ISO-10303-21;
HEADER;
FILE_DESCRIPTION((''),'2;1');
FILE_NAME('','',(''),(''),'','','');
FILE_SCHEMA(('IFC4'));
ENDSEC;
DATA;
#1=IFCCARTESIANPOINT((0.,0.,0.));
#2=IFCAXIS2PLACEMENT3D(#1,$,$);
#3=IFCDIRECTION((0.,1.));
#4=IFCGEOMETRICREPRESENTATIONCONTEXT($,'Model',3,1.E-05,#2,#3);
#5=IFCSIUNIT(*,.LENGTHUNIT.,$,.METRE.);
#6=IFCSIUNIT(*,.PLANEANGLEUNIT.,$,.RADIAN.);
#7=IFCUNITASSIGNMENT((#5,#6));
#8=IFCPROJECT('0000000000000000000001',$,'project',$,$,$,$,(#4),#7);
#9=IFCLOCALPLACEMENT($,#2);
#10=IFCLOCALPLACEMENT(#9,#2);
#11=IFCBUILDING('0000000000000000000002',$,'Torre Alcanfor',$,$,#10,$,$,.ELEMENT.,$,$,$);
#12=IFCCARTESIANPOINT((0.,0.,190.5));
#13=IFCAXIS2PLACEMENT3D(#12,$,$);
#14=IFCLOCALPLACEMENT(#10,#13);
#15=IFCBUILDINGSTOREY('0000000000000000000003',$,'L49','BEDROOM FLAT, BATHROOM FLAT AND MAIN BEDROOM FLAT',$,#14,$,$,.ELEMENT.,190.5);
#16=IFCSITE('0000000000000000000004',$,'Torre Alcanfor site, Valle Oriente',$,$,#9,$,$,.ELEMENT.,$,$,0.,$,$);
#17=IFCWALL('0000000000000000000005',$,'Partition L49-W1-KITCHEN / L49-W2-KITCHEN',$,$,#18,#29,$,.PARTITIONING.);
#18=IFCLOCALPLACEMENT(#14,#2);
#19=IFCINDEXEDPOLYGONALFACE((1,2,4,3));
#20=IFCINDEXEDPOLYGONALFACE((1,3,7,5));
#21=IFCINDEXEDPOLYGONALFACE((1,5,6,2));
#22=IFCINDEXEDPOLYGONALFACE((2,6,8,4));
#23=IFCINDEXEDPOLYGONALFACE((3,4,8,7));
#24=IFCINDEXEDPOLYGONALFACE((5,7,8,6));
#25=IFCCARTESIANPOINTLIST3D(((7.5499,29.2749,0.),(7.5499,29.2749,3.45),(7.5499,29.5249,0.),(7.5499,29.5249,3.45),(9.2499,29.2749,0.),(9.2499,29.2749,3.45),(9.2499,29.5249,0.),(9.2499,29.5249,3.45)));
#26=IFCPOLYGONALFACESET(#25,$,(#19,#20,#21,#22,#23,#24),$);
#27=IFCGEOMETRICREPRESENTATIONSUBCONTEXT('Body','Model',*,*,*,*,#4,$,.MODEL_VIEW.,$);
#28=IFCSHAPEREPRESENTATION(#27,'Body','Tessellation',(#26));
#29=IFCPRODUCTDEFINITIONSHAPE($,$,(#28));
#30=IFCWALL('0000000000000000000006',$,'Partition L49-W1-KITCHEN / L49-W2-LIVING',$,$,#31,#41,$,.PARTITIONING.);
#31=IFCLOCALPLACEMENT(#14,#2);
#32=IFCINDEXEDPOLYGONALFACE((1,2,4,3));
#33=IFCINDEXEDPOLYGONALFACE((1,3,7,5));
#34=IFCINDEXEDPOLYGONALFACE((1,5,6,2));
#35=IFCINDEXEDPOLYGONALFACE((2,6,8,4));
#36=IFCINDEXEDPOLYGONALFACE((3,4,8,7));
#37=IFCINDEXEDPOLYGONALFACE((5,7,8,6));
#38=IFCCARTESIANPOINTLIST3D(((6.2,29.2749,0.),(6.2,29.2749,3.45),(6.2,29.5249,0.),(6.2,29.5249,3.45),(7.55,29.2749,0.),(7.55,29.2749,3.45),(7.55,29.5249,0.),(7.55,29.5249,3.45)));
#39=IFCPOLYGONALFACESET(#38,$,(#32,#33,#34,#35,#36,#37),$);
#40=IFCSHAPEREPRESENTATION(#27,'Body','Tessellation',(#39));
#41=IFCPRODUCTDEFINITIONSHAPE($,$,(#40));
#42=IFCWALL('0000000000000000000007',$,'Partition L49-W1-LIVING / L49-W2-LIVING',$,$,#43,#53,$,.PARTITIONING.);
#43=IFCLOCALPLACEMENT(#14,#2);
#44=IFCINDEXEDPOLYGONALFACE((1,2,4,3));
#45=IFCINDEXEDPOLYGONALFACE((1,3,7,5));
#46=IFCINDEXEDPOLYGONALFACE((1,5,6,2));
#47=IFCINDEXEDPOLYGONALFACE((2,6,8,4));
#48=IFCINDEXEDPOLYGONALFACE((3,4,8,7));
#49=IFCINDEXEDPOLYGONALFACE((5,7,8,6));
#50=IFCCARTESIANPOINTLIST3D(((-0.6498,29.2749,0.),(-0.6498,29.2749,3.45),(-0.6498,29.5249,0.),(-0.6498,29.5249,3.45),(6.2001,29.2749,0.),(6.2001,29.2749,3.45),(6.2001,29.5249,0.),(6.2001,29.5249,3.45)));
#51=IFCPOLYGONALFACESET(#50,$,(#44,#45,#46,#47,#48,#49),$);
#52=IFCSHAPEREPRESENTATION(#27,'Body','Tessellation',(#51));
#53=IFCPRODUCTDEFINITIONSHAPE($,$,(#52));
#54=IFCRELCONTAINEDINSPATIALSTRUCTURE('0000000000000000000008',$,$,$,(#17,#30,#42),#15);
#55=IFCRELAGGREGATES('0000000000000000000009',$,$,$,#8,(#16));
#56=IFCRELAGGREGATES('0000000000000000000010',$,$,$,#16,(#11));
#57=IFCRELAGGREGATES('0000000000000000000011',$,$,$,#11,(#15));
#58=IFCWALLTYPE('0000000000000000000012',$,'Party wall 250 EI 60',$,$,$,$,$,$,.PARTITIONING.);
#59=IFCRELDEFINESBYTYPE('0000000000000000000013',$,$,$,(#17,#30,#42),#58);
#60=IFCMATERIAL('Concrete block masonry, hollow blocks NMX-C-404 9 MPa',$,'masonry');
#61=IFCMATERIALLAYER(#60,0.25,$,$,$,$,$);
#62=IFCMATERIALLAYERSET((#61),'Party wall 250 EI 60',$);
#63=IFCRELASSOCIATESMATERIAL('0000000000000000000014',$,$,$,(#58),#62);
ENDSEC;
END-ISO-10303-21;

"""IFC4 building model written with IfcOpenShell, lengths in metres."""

from ifc_helpers import new_model, si_unit, direction, frame, frame_2d, origin, place, context, subcontext, project, spatial, rectangle, extrude, material, layer, layer_set, type_object, element, save


model = new_model("IFC4")

# Units and contexts
model_context = context("Model", 3, precision=1e-05, world=origin(), true_north=direction((0.0, 1.0)))
body_context = subcontext(model_context, "Body", "Model", "MODEL_VIEW")
ifc_project = project(units=[si_unit("LENGTHUNIT", "METRE"), si_unit("PLANEANGLEUNIT", "RADIAN")], contexts=[model_context])

# Site, building, storey
site_placement = place(None, origin())
site = spatial("IfcSite", under=ifc_project, at=site_placement, Name="Torre Alcanfor site, Valle Oriente", CompositionType="ELEMENT", RefElevation=0.0)
building_placement = place(site_placement, origin())
building = spatial("IfcBuilding", under=site, at=building_placement, Name="Torre Alcanfor", CompositionType="ELEMENT")
storey_placement = place(building_placement, frame((0.0, 0.0, 190.5)))
storey = spatial("IfcBuildingStorey", under=building, at=storey_placement, Name="L49", Description="BEDROOM FLAT, BATHROOM FLAT AND MAIN BEDROOM FLAT", CompositionType="ELEMENT", Elevation=190.5)

# Walls
ifc_material_1 = material(Name="Concrete block masonry, hollow blocks NMX-C-404 9 MPa", Category="masonry")
ifc_layer_1 = layer(ifc_material_1, 0.25)
ifc_layer_set_1 = layer_set([ifc_layer_1], Name="Party wall 250 EI 60")
wall_type_1 = type_object("IfcWallType", Name="Party wall 250 EI 60", PredefinedType="PARTITIONING", material=ifc_layer_set_1)
wall_1_placement = place(storey_placement, frame((9.25, 29.3999, 0.0), z_axis=(0.0, 0.0, 1.0), x_axis=(-1.0, 0.0, 0.0)))
element("IfcWall", 1, at=wall_1_placement, inside=storey, type_object=wall_type_1, Name="Partition L49-W1-KITCHEN / L49-W2-KITCHEN", PredefinedType="PARTITIONING", context=body_context, shape_type="SweptSolid", body=[
    extrude(rectangle(XDim=1.7, YDim=0.25, at=frame_2d((0.8501, 0.0))), origin(), (0.0, 0.0, 1.0), 3.45),
])
wall_2_placement = place(storey_placement, frame((7.55, 29.3999, 0.0), z_axis=(0.0, 0.0, 1.0), x_axis=(-1.0, 0.0, 0.0)))
element("IfcWall", 2, at=wall_2_placement, inside=storey, type_object=wall_type_1, Name="Partition L49-W1-KITCHEN / L49-W2-LIVING", PredefinedType="PARTITIONING", context=body_context, shape_type="SweptSolid", body=[
    extrude(rectangle(XDim=1.3501, YDim=0.25, at=frame_2d((0.675, 0.0))), origin(), (0.0, 0.0, 1.0), 3.45),
])
wall_3_placement = place(storey_placement, frame((6.2, 29.3999, 0.0), z_axis=(0.0, 0.0, 1.0), x_axis=(-1.0, 0.0, 0.0)))
element("IfcWall", 3, at=wall_3_placement, inside=storey, type_object=wall_type_1, Name="Partition L49-W1-LIVING / L49-W2-LIVING", PredefinedType="PARTITIONING", context=body_context, shape_type="SweptSolid", body=[
    extrude(rectangle(XDim=6.8499, YDim=0.25, at=frame_2d((3.4248, 0.0))), origin(), (0.0, 0.0, 1.0), 3.45),
])

save(model, "model.ifc")
